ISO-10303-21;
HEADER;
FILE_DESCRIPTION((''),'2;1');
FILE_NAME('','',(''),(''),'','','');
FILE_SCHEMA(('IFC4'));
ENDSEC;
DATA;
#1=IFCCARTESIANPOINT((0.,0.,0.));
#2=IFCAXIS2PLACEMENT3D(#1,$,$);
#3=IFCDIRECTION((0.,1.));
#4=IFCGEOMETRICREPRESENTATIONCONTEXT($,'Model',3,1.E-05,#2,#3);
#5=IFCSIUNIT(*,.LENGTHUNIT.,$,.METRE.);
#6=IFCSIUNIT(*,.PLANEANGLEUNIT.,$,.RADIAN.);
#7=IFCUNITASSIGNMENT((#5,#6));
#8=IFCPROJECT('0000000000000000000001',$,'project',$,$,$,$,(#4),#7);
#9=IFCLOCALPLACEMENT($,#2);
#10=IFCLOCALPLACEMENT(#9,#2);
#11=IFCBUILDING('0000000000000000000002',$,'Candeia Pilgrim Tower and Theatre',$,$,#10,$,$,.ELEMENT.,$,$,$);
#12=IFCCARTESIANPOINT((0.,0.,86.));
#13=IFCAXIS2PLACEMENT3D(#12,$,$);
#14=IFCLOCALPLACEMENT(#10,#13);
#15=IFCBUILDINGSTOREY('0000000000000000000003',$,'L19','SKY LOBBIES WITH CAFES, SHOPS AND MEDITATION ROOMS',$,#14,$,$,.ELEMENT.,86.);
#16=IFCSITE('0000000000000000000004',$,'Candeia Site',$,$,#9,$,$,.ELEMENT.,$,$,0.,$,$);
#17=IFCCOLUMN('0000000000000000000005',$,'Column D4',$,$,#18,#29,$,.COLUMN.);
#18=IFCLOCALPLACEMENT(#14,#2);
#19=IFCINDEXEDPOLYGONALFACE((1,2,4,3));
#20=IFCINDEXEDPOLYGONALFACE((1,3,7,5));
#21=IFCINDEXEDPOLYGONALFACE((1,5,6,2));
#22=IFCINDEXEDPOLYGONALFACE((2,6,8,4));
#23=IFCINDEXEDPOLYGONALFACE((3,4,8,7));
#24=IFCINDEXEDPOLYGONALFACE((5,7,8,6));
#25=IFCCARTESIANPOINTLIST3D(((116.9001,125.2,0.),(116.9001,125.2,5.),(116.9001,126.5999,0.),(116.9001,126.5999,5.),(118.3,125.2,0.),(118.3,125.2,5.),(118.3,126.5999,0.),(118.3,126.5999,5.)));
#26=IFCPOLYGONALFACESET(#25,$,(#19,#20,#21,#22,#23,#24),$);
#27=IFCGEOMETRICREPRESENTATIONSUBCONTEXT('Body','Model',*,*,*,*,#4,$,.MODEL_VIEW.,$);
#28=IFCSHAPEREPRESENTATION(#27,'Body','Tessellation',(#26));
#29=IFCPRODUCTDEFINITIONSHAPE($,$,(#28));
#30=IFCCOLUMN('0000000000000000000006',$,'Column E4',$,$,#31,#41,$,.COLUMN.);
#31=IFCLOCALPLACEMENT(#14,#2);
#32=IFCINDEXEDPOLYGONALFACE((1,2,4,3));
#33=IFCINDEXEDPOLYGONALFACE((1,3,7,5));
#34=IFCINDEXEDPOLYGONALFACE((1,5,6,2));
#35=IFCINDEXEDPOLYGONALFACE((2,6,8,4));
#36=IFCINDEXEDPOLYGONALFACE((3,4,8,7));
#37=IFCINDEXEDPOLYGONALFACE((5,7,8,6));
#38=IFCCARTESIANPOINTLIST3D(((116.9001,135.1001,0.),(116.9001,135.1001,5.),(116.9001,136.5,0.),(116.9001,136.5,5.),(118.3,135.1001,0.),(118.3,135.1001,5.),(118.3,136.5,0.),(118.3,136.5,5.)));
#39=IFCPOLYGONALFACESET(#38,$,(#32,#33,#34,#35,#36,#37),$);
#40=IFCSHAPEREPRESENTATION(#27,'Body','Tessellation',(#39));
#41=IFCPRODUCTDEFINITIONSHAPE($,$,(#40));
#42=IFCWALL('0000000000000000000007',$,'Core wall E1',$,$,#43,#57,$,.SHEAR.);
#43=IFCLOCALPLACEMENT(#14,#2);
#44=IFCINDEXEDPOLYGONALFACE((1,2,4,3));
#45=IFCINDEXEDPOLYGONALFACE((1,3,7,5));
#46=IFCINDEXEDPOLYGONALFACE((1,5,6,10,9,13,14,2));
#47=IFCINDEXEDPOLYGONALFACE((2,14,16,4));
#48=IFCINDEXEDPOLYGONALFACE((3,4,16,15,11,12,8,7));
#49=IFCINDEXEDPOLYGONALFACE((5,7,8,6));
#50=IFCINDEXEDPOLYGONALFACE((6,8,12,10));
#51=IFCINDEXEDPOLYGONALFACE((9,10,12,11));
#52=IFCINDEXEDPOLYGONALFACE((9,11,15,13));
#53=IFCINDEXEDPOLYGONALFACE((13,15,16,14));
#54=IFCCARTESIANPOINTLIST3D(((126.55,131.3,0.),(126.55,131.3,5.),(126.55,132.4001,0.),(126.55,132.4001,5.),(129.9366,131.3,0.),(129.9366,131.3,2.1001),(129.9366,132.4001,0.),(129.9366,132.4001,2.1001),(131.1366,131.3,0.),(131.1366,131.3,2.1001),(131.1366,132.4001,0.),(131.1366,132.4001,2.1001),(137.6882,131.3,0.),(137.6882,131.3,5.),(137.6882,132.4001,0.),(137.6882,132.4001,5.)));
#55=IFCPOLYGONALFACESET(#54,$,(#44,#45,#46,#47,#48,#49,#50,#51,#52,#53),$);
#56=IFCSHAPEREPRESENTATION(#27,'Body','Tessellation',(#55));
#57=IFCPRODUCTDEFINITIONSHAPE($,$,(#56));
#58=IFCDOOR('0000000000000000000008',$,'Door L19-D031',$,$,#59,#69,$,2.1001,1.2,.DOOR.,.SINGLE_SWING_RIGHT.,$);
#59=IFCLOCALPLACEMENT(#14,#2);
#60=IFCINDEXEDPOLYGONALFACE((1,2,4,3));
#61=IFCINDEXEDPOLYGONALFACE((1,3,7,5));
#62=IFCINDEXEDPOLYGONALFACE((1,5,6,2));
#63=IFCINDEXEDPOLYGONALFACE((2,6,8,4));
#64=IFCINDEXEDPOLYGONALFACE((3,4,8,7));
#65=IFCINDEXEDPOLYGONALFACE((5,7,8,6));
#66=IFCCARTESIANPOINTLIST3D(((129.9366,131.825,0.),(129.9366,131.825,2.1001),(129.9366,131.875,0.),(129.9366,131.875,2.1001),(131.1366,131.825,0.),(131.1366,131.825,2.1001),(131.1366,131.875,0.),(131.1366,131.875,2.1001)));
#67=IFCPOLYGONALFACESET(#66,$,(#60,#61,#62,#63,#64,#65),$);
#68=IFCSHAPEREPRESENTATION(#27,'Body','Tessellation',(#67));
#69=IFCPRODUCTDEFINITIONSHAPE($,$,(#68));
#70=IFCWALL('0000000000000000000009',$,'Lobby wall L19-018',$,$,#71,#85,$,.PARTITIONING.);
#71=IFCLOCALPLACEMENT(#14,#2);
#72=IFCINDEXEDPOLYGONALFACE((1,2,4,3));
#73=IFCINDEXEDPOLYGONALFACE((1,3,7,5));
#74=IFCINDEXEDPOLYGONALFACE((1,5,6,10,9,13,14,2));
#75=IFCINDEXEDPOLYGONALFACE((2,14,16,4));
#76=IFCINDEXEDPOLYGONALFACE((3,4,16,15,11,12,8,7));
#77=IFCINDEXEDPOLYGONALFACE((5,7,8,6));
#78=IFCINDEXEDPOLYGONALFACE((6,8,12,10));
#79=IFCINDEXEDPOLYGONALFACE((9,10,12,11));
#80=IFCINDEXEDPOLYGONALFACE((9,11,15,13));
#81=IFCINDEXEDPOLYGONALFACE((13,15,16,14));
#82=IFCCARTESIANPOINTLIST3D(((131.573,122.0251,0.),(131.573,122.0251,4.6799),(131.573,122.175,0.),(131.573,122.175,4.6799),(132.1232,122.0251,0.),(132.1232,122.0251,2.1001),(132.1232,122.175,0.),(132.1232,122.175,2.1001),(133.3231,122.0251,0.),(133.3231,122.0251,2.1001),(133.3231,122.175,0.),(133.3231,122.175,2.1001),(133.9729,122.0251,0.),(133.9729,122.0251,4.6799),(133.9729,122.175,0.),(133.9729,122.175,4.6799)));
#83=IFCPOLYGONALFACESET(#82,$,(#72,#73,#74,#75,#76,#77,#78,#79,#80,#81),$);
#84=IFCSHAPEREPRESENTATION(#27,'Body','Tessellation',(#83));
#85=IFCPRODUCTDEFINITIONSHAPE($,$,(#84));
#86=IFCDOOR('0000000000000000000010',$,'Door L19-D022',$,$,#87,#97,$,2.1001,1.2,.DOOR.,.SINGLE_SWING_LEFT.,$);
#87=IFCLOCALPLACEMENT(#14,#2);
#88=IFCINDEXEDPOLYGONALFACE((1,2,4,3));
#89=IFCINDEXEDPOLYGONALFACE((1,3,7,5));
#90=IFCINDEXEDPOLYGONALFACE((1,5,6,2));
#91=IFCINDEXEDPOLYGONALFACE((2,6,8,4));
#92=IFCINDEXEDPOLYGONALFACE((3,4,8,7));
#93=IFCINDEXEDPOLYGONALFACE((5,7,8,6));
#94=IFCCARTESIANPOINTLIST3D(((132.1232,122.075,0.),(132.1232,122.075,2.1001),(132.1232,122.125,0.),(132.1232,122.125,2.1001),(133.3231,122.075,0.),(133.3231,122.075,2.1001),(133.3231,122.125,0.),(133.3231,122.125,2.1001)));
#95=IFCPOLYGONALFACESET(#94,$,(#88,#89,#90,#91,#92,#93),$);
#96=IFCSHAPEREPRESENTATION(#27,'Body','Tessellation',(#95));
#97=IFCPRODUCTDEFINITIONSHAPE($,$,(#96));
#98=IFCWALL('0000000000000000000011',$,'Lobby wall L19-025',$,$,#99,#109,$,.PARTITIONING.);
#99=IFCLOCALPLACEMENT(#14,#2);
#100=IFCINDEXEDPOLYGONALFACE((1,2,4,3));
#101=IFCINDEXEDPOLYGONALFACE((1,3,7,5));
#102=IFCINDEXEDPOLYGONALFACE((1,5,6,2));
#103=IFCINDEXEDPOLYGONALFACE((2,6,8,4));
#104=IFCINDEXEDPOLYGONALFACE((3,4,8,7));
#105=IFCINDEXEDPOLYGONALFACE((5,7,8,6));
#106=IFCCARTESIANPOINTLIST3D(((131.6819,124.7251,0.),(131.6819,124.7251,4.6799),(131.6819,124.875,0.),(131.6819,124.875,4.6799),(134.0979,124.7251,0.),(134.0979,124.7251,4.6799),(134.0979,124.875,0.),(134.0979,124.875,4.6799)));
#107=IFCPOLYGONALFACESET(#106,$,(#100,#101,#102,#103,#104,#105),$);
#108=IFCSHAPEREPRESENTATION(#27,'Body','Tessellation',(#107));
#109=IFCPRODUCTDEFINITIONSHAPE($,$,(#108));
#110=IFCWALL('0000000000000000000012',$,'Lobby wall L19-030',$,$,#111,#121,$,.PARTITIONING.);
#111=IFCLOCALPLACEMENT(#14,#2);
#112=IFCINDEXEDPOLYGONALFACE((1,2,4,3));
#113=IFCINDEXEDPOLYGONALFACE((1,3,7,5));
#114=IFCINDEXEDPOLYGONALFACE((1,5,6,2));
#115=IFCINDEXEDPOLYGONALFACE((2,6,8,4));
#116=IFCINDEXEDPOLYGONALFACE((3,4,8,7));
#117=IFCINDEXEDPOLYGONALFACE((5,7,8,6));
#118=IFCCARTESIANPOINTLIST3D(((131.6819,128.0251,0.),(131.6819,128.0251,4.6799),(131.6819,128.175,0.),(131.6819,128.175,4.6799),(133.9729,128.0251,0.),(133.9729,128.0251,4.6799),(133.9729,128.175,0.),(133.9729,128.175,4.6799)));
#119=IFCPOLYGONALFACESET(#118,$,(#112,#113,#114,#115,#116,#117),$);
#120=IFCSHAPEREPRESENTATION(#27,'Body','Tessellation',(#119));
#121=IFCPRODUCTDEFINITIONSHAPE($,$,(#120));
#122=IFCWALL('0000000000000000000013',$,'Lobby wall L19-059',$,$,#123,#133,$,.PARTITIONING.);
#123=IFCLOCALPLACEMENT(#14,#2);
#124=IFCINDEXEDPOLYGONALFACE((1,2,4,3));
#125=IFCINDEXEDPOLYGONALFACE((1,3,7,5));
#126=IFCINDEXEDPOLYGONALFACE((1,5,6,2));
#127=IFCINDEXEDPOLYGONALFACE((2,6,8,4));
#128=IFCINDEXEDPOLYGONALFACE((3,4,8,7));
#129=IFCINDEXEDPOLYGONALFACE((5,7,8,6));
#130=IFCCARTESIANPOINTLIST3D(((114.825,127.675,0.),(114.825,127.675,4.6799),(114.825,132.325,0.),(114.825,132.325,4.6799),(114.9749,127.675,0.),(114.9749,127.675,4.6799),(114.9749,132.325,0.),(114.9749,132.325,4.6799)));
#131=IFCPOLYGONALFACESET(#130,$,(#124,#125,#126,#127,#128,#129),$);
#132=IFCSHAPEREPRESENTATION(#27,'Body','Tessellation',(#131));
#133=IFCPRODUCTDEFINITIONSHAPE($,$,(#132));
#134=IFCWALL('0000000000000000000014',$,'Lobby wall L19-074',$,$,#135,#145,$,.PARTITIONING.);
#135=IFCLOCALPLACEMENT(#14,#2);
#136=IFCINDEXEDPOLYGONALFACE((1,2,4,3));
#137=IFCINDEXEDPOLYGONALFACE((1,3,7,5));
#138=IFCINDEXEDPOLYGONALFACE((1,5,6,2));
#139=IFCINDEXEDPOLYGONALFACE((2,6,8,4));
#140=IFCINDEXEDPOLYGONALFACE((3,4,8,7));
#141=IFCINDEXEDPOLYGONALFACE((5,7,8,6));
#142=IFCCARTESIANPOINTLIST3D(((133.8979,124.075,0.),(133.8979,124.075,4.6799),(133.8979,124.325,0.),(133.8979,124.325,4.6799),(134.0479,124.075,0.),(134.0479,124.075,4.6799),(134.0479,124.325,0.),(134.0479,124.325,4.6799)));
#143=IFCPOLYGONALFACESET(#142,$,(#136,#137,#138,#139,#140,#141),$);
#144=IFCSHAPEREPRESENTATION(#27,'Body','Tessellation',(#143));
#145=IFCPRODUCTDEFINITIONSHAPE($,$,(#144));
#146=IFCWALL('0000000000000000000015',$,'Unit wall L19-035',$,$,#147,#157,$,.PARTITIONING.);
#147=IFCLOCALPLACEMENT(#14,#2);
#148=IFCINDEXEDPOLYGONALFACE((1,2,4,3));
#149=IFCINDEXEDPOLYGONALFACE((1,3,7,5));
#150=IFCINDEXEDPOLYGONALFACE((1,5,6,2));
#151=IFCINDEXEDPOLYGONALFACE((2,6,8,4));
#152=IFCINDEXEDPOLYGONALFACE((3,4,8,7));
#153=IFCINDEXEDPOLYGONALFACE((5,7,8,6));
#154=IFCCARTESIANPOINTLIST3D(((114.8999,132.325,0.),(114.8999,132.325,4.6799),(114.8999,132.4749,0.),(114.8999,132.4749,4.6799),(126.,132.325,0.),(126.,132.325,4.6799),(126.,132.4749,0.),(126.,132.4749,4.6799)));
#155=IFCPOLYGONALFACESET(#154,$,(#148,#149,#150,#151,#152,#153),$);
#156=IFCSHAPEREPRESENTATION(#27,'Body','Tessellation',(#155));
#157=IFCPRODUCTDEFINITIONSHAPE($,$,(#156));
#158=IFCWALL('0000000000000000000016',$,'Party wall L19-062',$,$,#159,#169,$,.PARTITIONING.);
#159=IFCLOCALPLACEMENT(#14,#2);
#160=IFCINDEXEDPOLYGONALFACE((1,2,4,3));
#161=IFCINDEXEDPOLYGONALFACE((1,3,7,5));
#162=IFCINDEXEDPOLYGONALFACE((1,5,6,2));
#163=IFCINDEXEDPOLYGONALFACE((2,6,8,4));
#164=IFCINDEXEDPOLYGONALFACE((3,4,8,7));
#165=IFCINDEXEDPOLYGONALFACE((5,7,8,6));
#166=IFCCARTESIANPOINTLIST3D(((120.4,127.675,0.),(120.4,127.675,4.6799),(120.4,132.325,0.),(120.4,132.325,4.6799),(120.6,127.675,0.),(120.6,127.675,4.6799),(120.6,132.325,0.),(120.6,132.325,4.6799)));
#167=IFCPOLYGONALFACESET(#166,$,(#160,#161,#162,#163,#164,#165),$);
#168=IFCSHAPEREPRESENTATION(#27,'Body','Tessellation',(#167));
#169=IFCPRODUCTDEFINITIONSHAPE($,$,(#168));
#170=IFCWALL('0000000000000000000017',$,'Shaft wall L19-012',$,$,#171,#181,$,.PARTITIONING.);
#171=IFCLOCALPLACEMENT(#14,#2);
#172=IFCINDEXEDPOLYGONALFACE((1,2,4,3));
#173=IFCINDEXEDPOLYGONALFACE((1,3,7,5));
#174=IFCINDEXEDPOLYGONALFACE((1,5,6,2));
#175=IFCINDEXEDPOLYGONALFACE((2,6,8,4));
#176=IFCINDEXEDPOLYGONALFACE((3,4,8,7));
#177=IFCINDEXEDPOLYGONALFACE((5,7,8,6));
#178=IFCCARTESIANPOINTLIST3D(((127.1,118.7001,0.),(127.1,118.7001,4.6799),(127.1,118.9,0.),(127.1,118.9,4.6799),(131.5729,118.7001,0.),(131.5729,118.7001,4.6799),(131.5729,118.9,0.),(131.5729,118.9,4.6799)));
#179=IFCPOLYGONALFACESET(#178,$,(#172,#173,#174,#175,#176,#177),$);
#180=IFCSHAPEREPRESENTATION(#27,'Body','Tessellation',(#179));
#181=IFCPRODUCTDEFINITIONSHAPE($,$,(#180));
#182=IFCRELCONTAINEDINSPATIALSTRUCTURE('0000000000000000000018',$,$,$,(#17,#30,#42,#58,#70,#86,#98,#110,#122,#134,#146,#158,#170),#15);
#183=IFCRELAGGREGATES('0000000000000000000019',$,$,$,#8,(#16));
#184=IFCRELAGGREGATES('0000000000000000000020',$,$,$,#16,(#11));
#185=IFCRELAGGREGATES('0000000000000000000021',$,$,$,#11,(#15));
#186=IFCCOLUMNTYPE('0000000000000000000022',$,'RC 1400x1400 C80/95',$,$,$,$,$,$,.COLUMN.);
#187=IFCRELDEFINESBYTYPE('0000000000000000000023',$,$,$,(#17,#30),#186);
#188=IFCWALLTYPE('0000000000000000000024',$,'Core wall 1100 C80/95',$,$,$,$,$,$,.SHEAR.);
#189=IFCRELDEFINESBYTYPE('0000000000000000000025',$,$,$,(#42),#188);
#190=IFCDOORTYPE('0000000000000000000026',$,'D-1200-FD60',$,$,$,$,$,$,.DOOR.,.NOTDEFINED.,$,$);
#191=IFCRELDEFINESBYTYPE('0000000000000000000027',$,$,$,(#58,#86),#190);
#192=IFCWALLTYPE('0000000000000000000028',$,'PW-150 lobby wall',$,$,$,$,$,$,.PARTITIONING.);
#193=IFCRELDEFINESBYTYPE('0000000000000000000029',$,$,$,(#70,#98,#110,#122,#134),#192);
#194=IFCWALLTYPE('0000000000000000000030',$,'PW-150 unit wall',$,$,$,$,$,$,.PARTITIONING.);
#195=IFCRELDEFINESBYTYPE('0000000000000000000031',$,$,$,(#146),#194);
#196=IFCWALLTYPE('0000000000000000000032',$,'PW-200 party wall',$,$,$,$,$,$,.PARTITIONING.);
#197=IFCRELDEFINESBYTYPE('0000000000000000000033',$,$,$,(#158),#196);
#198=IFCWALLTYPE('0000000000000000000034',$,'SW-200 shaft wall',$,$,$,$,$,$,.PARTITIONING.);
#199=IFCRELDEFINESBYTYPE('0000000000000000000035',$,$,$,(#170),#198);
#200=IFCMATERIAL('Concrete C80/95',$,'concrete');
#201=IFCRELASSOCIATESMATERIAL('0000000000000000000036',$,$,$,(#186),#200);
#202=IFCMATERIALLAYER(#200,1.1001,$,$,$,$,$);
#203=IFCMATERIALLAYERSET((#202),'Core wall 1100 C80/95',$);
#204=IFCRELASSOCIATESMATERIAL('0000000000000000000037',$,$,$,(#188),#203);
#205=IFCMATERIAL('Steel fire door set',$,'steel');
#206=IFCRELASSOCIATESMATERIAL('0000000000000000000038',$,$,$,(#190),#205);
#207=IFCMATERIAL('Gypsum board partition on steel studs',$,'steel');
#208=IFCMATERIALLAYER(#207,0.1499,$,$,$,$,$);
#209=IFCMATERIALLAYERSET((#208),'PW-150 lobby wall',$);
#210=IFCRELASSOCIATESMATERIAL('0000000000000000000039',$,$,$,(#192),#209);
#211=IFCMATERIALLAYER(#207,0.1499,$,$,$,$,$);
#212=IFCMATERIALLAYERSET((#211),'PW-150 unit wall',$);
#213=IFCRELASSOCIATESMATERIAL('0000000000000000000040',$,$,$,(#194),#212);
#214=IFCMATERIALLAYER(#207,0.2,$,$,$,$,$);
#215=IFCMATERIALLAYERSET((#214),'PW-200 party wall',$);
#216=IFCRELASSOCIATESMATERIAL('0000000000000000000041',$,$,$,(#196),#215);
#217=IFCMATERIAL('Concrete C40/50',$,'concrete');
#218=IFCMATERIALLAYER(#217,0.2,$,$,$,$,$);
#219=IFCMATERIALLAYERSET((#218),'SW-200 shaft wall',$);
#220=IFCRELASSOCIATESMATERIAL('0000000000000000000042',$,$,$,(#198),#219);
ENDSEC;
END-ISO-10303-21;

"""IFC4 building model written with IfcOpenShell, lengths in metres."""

from ifc_helpers import new_model, si_unit, direction, frame, frame_2d, origin, origin_2d, place, context, subcontext, project, spatial, rectangle, extrude, material, layer, layer_set, material_profile, profile_set, type_object, element, fill, save


model = new_model("IFC4")

# Units and contexts
model_context = context("Model", 3, precision=1e-05, world=origin(), true_north=direction((0.0, 1.0)))
body_context = subcontext(model_context, "Body", "Model", "MODEL_VIEW")
ifc_project = project(units=[si_unit("LENGTHUNIT", "METRE"), si_unit("PLANEANGLEUNIT", "RADIAN")], contexts=[model_context])

# Site, building, storey
site_placement = place(None, origin())
site = spatial("IfcSite", under=ifc_project, at=site_placement, Name="Candeia Site", CompositionType="ELEMENT", RefElevation=0.0)
building_placement = place(site_placement, origin())
building = spatial("IfcBuilding", under=site, at=building_placement, Name="Candeia Pilgrim Tower and Theatre", CompositionType="ELEMENT")
storey_placement = place(building_placement, frame((0.0, 0.0, 86.0)))
storey = spatial("IfcBuildingStorey", under=building, at=storey_placement, Name="L19", Description="SKY LOBBIES WITH CAFES, SHOPS AND MEDITATION ROOMS", CompositionType="ELEMENT", Elevation=86.0)

# Columns
ifc_material_1 = material(Name="Concrete C80/95", Category="concrete")
ifc_material_profile = material_profile(ifc_material_1, rectangle(XDim=1.3999, YDim=1.3999, at=origin_2d()))
ifc_profile_set = profile_set([ifc_material_profile], Name="Concrete C80/95")
column_type = type_object("IfcColumnType", Name="RC 1400x1400 C80/95", PredefinedType="COLUMN", material=ifc_profile_set)
for number, where, z_axis, x_axis, name in (
    (1, (117.6001, 125.8999, 0.0), (0.0, 0.0, 1.0), (1.0, 0.0, 0.0), "Column D4"),
    (2, (117.6001, 135.8, 0.0), (0.0, 0.0, 1.0), (1.0, 0.0, 0.0), "Column E4"),
):
    element("IfcColumn", number, at=place(storey_placement, frame(where, z_axis=z_axis, x_axis=x_axis)), inside=storey, type_object=column_type, Name=name, PredefinedType="COLUMN", context=body_context, shape_type="SweptSolid", body=[
        extrude(rectangle(XDim=1.3999, YDim=1.3999, at=origin_2d()), origin(), (0.0, 0.0, 1.0), 5.0),
    ])

# Walls, openings, doors
ifc_layer_1 = layer(ifc_material_1, 1.1001)
ifc_layer_set_1 = layer_set([ifc_layer_1], Name="Core wall 1100 C80/95")
wall_type_1 = type_object("IfcWallType", Name="Core wall 1100 C80/95", PredefinedType="SHEAR", material=ifc_layer_set_1)
wall_1_placement = place(storey_placement, frame((126.55, 131.8501, 0.0), z_axis=(0.0, 0.0, 1.0), x_axis=(1.0, 0.0, 0.0)))
wall_1 = element("IfcWall", 3, at=wall_1_placement, inside=storey, type_object=wall_type_1, Name="Core wall E1", PredefinedType="SHEAR", context=body_context, shape_type="SweptSolid", body=[
    extrude(rectangle(XDim=11.1382, YDim=1.1001, at=frame_2d((5.5691, 0.0))), origin(), (0.0, 0.0, 1.0), 5.0),
])
opening_1_placement = place(wall_1_placement, frame((3.3865, 0.0, 0.0)))
opening_1 = element("IfcOpeningElement", 4, at=opening_1_placement, cuts=wall_1, PredefinedType="OPENING", context=body_context, shape_type="SweptSolid", body=[
    extrude(rectangle(XDim=1.2, YDim=2.1001, at=frame_2d((0.6001, 1.05))), frame((0.0, 0.5601, 0.0), z_axis=(0.0, -1.0, 0.0), x_axis=(1.0, 0.0, 0.0)), (0.0, 0.0, 1.0), 1.1201),
])
ifc_material_2 = material(Name="Steel fire door set", Category="steel")
door_type_1 = type_object("IfcDoorType", Name="D-1200-FD60", OperationType="NOTDEFINED", PredefinedType="DOOR", material=ifc_material_2)
door_1_placement = place(opening_1_placement, origin())
door_1 = element("IfcDoor", 5, at=door_1_placement, inside=storey, type_object=door_type_1, Name="Door L19-D031", OperationType="SINGLE_SWING_RIGHT", OverallHeight=2.1001, OverallWidth=1.2, PredefinedType="DOOR", context=body_context, shape_type="SweptSolid", body=[
    extrude(rectangle(XDim=1.2, YDim=2.1001, at=frame_2d((0.6001, 1.05))), frame((0.0, 0.0249, 0.0), z_axis=(0.0, -1.0, 0.0), x_axis=(1.0, 0.0, 0.0)), (0.0, 0.0, 1.0), 0.05),
])
fill(opening_1, door_1)
ifc_material_3 = material(Name="Gypsum board partition on steel studs", Category="steel")
ifc_layer_2 = layer(ifc_material_3, 0.1499)
ifc_layer_set_2 = layer_set([ifc_layer_2], Name="PW-150 lobby wall")
wall_type_2 = type_object("IfcWallType", Name="PW-150 lobby wall", PredefinedType="PARTITIONING", material=ifc_layer_set_2)
wall_2_placement = place(storey_placement, frame((131.573, 122.1001, 0.0), z_axis=(0.0, 0.0, 1.0), x_axis=(1.0, 0.0, 0.0)))
wall_2 = element("IfcWall", 6, at=wall_2_placement, inside=storey, type_object=wall_type_2, Name="Lobby wall L19-018", PredefinedType="PARTITIONING", context=body_context, shape_type="SweptSolid", body=[
    extrude(rectangle(XDim=2.3999, YDim=0.1499, at=frame_2d((1.2, 0.0))), origin(), (0.0, 0.0, 1.0), 4.6799),
])
opening_2_placement = place(wall_2_placement, frame((0.55, 0.0, 0.0)))
opening_2 = element("IfcOpeningElement", 7, at=opening_2_placement, cuts=wall_2, PredefinedType="OPENING", context=body_context, shape_type="SweptSolid", body=[
    extrude(rectangle(XDim=1.2, YDim=2.1001, at=frame_2d((0.6001, 1.05))), frame((0.0, 0.085, 0.0), z_axis=(0.0, -1.0, 0.0), x_axis=(1.0, 0.0, 0.0)), (0.0, 0.0, 1.0), 0.1699),
])
door_2_placement = place(opening_2_placement, origin())
door_2 = element("IfcDoor", 8, at=door_2_placement, inside=storey, type_object=door_type_1, Name="Door L19-D022", OperationType="SINGLE_SWING_LEFT", OverallHeight=2.1001, OverallWidth=1.2, PredefinedType="DOOR", context=body_context, shape_type="SweptSolid", body=[
    extrude(rectangle(XDim=1.2, YDim=2.1001, at=frame_2d((0.6001, 1.05))), frame((0.0, 0.0249, 0.0), z_axis=(0.0, -1.0, 0.0), x_axis=(1.0, 0.0, 0.0)), (0.0, 0.0, 1.0), 0.05),
])
fill(opening_2, door_2)

# Walls
wall_3_placement = place(storey_placement, frame((131.6819, 124.8, 0.0), z_axis=(0.0, 0.0, 1.0), x_axis=(1.0, 0.0, 0.0)))
element("IfcWall", 9, at=wall_3_placement, inside=storey, type_object=wall_type_2, Name="Lobby wall L19-025", PredefinedType="PARTITIONING", context=body_context, shape_type="SweptSolid", body=[
    extrude(rectangle(XDim=2.416, YDim=0.1499, at=frame_2d((1.208, 0.0))), origin(), (0.0, 0.0, 1.0), 4.6799),
])
wall_4_placement = place(storey_placement, frame((131.6819, 128.1001, 0.0), z_axis=(0.0, 0.0, 1.0), x_axis=(1.0, 0.0, 0.0)))
element("IfcWall", 10, at=wall_4_placement, inside=storey, type_object=wall_type_2, Name="Lobby wall L19-030", PredefinedType="PARTITIONING", context=body_context, shape_type="SweptSolid", body=[
    extrude(rectangle(XDim=2.291, YDim=0.1499, at=frame_2d((1.1455, 0.0))), origin(), (0.0, 0.0, 1.0), 4.6799),
])
wall_5_placement = place(storey_placement, frame((114.8999, 127.675, 0.0), z_axis=(0.0, 0.0, 1.0), x_axis=(0.0, 1.0, 0.0)))
element("IfcWall", 11, at=wall_5_placement, inside=storey, type_object=wall_type_2, Name="Lobby wall L19-059", PredefinedType="PARTITIONING", context=body_context, shape_type="SweptSolid", body=[
    extrude(rectangle(XDim=4.6499, YDim=0.1499, at=frame_2d((2.325, 0.0))), origin(), (0.0, 0.0, 1.0), 4.6799),
])
wall_6_placement = place(storey_placement, frame((133.9729, 124.075, 0.0), z_axis=(0.0, 0.0, 1.0), x_axis=(0.0, 1.0, 0.0)))
element("IfcWall", 12, at=wall_6_placement, inside=storey, type_object=wall_type_2, Name="Lobby wall L19-074", PredefinedType="PARTITIONING", context=body_context, shape_type="SweptSolid", body=[
    extrude(rectangle(XDim=0.25, YDim=0.1499, at=frame_2d((0.125, 0.0))), origin(), (0.0, 0.0, 1.0), 4.6799),
])
ifc_layer_3 = layer(ifc_material_3, 0.1499)
ifc_layer_set_3 = layer_set([ifc_layer_3], Name="PW-150 unit wall")
wall_type_3 = type_object("IfcWallType", Name="PW-150 unit wall", PredefinedType="PARTITIONING", material=ifc_layer_set_3)
wall_7_placement = place(storey_placement, frame((114.8999, 132.3999, 0.0), z_axis=(0.0, 0.0, 1.0), x_axis=(1.0, 0.0, 0.0)))
element("IfcWall", 13, at=wall_7_placement, inside=storey, type_object=wall_type_3, Name="Unit wall L19-035", PredefinedType="PARTITIONING", context=body_context, shape_type="SweptSolid", body=[
    extrude(rectangle(XDim=11.1001, YDim=0.1499, at=frame_2d((5.55, 0.0))), origin(), (0.0, 0.0, 1.0), 4.6799),
])
ifc_layer_4 = layer(ifc_material_3, 0.2)
ifc_layer_set_4 = layer_set([ifc_layer_4], Name="PW-200 party wall")
wall_type_4 = type_object("IfcWallType", Name="PW-200 party wall", PredefinedType="PARTITIONING", material=ifc_layer_set_4)
wall_8_placement = place(storey_placement, frame((120.5, 127.675, 0.0), z_axis=(0.0, 0.0, 1.0), x_axis=(0.0, 1.0, 0.0)))
element("IfcWall", 14, at=wall_8_placement, inside=storey, type_object=wall_type_4, Name="Party wall L19-062", PredefinedType="PARTITIONING", context=body_context, shape_type="SweptSolid", body=[
    extrude(rectangle(XDim=4.6499, YDim=0.2, at=frame_2d((2.325, 0.0))), origin(), (0.0, 0.0, 1.0), 4.6799),
])
ifc_material_4 = material(Name="Concrete C40/50", Category="concrete")
ifc_layer_5 = layer(ifc_material_4, 0.2)
ifc_layer_set_5 = layer_set([ifc_layer_5], Name="SW-200 shaft wall")
wall_type_5 = type_object("IfcWallType", Name="SW-200 shaft wall", PredefinedType="PARTITIONING", material=ifc_layer_set_5)
wall_9_placement = place(storey_placement, frame((127.1001, 118.8, 0.0), z_axis=(0.0, 0.0, 1.0), x_axis=(1.0, 0.0, 0.0)))
element("IfcWall", 15, at=wall_9_placement, inside=storey, type_object=wall_type_5, Name="Shaft wall L19-012", PredefinedType="PARTITIONING", context=body_context, shape_type="SweptSolid", body=[
    extrude(rectangle(XDim=4.4729, YDim=0.2, at=frame_2d((2.2363, 0.0))), origin(), (0.0, 0.0, 1.0), 4.6799),
])

save(model, "model.ifc")
